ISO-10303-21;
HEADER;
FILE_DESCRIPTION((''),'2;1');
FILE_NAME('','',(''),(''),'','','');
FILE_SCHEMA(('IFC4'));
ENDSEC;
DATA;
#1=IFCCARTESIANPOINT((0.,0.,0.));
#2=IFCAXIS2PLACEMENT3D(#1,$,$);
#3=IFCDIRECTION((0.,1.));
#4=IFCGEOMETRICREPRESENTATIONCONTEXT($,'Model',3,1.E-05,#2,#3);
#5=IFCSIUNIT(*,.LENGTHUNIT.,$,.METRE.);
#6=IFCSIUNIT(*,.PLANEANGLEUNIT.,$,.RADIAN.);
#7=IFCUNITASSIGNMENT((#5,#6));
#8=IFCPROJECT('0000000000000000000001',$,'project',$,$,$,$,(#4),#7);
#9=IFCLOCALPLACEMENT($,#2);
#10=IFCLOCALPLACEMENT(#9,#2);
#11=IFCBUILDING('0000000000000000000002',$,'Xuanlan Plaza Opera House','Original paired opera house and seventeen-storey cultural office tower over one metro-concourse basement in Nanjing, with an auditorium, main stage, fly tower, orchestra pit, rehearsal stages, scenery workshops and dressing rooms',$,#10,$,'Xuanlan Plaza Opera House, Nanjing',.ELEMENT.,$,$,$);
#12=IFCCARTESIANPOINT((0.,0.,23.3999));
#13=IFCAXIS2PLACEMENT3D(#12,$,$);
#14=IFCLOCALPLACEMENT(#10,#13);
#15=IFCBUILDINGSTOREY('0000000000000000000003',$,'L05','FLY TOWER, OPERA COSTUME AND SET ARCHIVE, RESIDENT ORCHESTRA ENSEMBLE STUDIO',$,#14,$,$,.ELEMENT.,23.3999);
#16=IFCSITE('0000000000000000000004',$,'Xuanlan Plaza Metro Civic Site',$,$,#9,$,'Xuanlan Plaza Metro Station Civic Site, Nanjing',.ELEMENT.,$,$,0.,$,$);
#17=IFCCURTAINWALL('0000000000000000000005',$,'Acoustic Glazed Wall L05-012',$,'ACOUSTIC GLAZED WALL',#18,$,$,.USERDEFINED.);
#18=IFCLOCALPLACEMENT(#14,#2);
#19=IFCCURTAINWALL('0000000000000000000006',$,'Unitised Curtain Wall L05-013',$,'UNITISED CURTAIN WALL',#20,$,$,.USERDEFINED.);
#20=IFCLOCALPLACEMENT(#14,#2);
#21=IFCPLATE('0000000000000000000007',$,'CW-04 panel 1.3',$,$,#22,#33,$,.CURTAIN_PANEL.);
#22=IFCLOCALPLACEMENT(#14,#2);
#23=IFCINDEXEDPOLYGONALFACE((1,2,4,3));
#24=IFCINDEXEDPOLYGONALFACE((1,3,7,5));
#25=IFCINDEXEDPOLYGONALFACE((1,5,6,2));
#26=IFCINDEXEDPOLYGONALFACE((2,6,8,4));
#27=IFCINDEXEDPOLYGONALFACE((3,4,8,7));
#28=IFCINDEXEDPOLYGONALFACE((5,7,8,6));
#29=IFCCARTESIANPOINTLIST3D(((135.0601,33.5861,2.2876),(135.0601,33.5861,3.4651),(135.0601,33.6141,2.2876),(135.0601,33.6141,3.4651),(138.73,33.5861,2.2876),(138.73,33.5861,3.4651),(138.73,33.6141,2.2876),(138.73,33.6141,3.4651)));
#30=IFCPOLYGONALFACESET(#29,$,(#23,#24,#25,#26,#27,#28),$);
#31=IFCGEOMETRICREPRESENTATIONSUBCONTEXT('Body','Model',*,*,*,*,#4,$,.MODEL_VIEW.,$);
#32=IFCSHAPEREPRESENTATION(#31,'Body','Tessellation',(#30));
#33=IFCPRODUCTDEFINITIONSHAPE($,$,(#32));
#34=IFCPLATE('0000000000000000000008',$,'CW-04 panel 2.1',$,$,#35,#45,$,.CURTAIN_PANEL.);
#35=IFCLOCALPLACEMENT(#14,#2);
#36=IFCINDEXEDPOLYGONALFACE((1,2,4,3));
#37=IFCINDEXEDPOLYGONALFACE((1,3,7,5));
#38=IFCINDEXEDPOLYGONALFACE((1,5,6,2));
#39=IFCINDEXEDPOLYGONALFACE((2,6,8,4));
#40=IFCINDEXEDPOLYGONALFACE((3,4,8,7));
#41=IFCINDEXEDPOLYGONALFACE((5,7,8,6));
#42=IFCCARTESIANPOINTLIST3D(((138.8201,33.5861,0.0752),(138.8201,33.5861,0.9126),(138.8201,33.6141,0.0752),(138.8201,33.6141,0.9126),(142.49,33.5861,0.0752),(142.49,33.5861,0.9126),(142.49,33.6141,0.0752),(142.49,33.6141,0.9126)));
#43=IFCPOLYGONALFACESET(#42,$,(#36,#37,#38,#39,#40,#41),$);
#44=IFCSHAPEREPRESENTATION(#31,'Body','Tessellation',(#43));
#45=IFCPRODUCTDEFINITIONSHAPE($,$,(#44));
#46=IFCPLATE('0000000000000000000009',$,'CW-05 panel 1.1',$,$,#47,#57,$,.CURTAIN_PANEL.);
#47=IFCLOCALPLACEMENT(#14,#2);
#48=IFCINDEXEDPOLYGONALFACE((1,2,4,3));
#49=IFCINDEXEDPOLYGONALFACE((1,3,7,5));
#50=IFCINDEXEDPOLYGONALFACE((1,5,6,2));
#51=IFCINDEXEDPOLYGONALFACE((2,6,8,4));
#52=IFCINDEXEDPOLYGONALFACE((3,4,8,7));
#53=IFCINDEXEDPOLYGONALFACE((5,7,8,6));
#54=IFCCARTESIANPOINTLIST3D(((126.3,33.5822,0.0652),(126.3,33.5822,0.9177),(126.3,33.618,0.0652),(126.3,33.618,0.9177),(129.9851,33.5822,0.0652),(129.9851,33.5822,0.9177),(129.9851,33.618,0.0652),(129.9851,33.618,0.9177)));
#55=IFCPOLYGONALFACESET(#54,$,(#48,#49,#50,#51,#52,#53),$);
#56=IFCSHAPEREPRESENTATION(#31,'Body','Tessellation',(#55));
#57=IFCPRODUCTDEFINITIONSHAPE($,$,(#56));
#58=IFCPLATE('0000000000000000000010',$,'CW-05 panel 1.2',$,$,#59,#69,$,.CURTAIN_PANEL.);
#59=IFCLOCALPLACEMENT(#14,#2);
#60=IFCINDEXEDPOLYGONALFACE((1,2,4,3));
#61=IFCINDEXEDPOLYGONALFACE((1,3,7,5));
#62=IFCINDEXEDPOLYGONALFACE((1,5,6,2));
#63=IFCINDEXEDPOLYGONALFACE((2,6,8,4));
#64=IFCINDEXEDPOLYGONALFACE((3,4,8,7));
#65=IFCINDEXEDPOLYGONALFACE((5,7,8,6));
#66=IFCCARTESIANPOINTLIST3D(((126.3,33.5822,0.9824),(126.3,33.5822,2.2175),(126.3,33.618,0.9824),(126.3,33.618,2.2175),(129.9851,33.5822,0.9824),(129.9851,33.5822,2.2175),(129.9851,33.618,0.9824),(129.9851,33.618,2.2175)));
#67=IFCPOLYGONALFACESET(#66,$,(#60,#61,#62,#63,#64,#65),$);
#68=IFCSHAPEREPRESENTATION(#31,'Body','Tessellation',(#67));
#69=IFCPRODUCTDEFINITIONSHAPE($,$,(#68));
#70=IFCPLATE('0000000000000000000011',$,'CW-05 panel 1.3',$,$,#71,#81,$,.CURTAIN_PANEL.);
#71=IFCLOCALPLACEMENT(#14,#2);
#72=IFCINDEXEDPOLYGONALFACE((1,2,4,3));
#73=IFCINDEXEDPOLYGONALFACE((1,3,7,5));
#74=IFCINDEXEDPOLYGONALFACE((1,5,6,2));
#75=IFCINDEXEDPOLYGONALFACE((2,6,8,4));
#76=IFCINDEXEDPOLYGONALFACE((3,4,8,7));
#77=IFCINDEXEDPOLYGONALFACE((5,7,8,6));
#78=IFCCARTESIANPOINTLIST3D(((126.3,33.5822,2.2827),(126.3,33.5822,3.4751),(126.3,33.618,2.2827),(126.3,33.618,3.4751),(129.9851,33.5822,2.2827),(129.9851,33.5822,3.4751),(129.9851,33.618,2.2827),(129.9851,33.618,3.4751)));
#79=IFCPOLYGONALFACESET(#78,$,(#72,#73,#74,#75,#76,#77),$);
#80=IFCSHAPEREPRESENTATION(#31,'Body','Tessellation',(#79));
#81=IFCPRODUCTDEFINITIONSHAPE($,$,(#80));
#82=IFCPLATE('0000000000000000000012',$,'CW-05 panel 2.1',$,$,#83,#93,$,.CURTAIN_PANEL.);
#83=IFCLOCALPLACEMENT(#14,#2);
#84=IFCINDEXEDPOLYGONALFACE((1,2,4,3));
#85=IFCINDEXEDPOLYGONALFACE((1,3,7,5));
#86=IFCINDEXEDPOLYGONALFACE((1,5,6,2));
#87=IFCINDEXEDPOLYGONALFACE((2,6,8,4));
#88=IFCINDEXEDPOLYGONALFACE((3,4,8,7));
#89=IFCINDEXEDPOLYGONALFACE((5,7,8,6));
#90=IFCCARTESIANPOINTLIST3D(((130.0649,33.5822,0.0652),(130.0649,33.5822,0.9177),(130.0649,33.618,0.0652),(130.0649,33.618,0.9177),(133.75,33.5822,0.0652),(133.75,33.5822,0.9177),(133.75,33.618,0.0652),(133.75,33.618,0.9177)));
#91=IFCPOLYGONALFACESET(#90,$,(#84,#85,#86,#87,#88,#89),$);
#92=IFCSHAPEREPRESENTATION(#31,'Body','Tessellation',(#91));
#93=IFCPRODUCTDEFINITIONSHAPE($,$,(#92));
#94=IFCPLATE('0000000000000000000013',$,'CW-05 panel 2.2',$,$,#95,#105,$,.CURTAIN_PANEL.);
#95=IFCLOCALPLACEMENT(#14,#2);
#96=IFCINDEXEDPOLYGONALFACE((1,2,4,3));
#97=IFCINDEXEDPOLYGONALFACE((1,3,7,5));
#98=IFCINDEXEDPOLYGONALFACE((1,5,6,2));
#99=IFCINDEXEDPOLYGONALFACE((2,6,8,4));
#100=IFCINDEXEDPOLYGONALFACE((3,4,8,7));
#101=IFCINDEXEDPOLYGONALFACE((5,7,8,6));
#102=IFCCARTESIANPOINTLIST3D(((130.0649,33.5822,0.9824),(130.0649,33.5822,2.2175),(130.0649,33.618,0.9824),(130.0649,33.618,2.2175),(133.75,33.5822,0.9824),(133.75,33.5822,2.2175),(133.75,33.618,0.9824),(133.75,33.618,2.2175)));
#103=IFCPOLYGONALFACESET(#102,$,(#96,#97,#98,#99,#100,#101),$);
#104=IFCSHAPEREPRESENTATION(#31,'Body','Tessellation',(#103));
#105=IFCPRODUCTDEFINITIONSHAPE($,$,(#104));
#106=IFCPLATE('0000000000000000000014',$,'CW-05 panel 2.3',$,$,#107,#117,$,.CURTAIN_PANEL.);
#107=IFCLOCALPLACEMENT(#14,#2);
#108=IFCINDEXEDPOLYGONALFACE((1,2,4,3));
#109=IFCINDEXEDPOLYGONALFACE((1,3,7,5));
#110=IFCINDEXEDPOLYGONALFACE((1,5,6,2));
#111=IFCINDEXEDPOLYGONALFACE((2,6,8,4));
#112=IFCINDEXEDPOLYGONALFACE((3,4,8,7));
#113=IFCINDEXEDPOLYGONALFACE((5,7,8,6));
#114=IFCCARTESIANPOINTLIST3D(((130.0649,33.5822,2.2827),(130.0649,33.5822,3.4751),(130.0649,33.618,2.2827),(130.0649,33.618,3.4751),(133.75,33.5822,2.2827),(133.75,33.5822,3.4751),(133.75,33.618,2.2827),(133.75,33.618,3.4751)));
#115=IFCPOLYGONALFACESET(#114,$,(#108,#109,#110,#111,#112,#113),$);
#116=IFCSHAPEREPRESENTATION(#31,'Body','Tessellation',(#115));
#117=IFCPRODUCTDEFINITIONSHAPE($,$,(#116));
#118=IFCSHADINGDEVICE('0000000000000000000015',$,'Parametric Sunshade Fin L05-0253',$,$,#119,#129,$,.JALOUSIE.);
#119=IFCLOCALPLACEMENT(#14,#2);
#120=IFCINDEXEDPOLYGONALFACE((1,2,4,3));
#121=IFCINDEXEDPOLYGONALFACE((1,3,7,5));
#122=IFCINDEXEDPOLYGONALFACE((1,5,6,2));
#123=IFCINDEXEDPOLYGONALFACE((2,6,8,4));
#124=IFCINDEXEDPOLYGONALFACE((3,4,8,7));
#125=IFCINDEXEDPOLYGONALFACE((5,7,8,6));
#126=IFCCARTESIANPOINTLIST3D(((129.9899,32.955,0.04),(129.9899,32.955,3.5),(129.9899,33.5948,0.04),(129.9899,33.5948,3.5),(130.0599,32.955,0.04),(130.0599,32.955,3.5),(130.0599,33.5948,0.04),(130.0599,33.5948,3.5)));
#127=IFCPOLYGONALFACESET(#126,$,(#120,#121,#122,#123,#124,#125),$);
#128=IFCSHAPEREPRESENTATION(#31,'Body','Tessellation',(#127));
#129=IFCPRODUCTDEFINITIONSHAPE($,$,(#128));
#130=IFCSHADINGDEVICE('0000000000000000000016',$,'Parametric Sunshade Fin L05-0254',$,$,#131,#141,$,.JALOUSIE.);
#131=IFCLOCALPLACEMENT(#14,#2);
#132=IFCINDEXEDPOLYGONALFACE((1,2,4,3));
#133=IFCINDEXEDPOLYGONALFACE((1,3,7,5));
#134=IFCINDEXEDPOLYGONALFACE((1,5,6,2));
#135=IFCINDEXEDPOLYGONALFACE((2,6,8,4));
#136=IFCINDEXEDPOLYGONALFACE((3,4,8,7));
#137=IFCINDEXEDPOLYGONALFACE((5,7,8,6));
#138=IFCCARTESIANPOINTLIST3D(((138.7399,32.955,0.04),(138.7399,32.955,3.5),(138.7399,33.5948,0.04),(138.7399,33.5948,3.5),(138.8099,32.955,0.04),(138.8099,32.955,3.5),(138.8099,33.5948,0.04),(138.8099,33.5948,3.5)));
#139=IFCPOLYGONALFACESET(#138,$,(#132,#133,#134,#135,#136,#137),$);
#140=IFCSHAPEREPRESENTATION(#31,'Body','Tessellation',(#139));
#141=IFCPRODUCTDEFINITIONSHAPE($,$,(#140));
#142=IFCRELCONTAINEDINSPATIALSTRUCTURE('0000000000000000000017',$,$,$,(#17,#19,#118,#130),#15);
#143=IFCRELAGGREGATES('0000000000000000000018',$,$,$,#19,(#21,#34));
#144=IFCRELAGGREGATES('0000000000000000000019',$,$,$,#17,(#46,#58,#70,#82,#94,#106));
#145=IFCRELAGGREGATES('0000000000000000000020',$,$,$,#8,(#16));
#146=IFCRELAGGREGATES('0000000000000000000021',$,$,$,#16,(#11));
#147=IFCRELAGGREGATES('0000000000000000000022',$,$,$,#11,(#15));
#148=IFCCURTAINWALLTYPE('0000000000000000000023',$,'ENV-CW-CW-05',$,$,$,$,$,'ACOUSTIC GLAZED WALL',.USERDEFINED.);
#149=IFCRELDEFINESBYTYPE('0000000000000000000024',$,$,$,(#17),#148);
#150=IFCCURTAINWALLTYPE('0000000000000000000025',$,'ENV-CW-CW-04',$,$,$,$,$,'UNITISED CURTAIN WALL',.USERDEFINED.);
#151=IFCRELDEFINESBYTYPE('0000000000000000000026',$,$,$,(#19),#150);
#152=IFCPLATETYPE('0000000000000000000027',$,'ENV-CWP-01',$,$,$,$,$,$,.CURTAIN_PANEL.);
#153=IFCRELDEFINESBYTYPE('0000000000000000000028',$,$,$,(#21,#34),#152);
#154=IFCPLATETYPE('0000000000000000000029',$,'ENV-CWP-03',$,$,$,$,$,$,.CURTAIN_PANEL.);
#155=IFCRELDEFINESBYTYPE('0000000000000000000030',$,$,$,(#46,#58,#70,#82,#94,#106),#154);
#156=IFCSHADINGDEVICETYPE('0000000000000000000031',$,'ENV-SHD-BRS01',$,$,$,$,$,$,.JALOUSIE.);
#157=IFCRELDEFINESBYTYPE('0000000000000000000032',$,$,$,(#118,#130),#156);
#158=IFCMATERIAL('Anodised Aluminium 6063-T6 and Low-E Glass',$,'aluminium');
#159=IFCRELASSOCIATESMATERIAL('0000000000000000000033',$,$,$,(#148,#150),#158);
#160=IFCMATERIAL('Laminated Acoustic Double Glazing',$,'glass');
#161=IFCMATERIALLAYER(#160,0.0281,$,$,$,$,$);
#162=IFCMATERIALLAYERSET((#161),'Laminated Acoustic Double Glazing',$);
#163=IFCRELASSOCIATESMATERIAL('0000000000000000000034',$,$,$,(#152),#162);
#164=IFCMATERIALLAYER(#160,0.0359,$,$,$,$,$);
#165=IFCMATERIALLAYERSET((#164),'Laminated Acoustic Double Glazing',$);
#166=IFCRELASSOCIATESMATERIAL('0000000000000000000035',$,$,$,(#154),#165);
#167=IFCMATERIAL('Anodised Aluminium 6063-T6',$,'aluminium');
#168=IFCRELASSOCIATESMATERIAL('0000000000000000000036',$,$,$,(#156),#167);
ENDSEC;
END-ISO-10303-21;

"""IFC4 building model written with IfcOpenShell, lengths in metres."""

from ifc_helpers import new_model, si_unit, direction, frame, origin, origin_2d, place, context, subcontext, project, spatial, rectangle, extrude, material, layer, layer_set, type_object, element, aggregate, save


model = new_model("IFC4")

# Units and contexts
model_context = context("Model", 3, precision=1e-05, world=origin(), true_north=direction((0.0, 1.0)))
body_context = subcontext(model_context, "Body", "Model", "MODEL_VIEW")
ifc_project = project(units=[si_unit("LENGTHUNIT", "METRE"), si_unit("PLANEANGLEUNIT", "RADIAN")], contexts=[model_context])

# Site, building, storey
site_placement = place(None, origin())
site = spatial("IfcSite", under=ifc_project, at=site_placement, Name="Xuanlan Plaza Metro Civic Site", LongName="Xuanlan Plaza Metro Station Civic Site, Nanjing", CompositionType="ELEMENT", RefElevation=0.0)
building_placement = place(site_placement, origin())
building = spatial("IfcBuilding", under=site, at=building_placement, Name="Xuanlan Plaza Opera House", Description="Original paired opera house and seventeen-storey cultural office tower over one metro-concourse basement in Nanjing, with an auditorium, main stage, fly tower, orchestra pit, rehearsal stages, scenery workshops and dressing rooms", LongName="Xuanlan Plaza Opera House, Nanjing", CompositionType="ELEMENT")
storey_placement = place(building_placement, frame((0.0, 0.0, 23.3999)))
storey = spatial("IfcBuildingStorey", under=building, at=storey_placement, Name="L05", Description="FLY TOWER, OPERA COSTUME AND SET ARCHIVE, RESIDENT ORCHESTRA ENSEMBLE STUDIO", CompositionType="ELEMENT", Elevation=23.3999)

# Curtain walls
ifc_material_1 = material(Name="Anodised Aluminium 6063-T6 and Low-E Glass", Category="aluminium")
curtain_wall_type_1 = type_object("IfcCurtainWallType", Name="ENV-CW-CW-05", ElementType="ACOUSTIC GLAZED WALL", PredefinedType="USERDEFINED", material=ifc_material_1)
curtain_wall_1_placement = place(storey_placement, origin())
curtain_wall_1 = element("IfcCurtainWall", 1, at=curtain_wall_1_placement, inside=storey, type_object=curtain_wall_type_1, Name="Acoustic Glazed Wall L05-012", ObjectType="ACOUSTIC GLAZED WALL", PredefinedType="USERDEFINED")
ifc_material_2 = material(Name="Anodised Aluminium 6063-T6", Category="aluminium")
curtain_wall_type_2 = type_object("IfcCurtainWallType", Name="ENV-CW-CW-04", ElementType="UNITISED CURTAIN WALL", PredefinedType="USERDEFINED", material=ifc_material_1)
curtain_wall_2_placement = place(storey_placement, origin())
curtain_wall_2 = element("IfcCurtainWall", 2, at=curtain_wall_2_placement, inside=storey, type_object=curtain_wall_type_2, Name="Unitised Curtain Wall L05-013", ObjectType="UNITISED CURTAIN WALL", PredefinedType="USERDEFINED")

# Plates
ifc_material_3 = material(Name="Laminated Acoustic Double Glazing", Category="glass")
ifc_layer_1 = layer(ifc_material_3, 0.0281)
ifc_layer_set_1 = layer_set([ifc_layer_1], Name="Laminated Acoustic Double Glazing")
plate_type_1 = type_object("IfcPlateType", Name="ENV-CWP-01", PredefinedType="CURTAIN_PANEL", material=ifc_layer_set_1)
plate_1_placement = place(storey_placement, frame((136.895, 33.6001, 2.2876), z_axis=(0.0, 0.0, 1.0), x_axis=(1.0, 0.0, 0.0)))
plate_1 = element("IfcPlate", 3, at=plate_1_placement, type_object=plate_type_1, Name="CW-04 panel 1.3", PredefinedType="CURTAIN_PANEL", context=body_context, shape_type="SweptSolid", body=[
    extrude(rectangle(XDim=3.6699, YDim=0.0281, at=origin_2d()), origin(), (0.0, 0.0, 1.0), 1.1775),
])
plate_2_placement = place(storey_placement, frame((140.655, 33.6001, 0.0752), z_axis=(0.0, 0.0, 1.0), x_axis=(1.0, 0.0, 0.0)))
plate_2 = element("IfcPlate", 4, at=plate_2_placement, type_object=plate_type_1, Name="CW-04 panel 2.1", PredefinedType="CURTAIN_PANEL", context=body_context, shape_type="SweptSolid", body=[
    extrude(rectangle(XDim=3.6699, YDim=0.0281, at=origin_2d()), origin(), (0.0, 0.0, 1.0), 0.8374),
])
aggregate(curtain_wall_2, [plate_1, plate_2])
ifc_layer_2 = layer(ifc_material_3, 0.0359)
ifc_layer_set_2 = layer_set([ifc_layer_2], Name="Laminated Acoustic Double Glazing")
plate_type_2 = type_object("IfcPlateType", Name="ENV-CWP-03", PredefinedType="CURTAIN_PANEL", material=ifc_layer_set_2)
plate_3_placement = place(storey_placement, frame((128.1426, 33.6001, 0.0652), z_axis=(0.0, 0.0, 1.0), x_axis=(1.0, 0.0, 0.0)))
plate_3 = element("IfcPlate", 5, at=plate_3_placement, type_object=plate_type_2, Name="CW-05 panel 1.1", PredefinedType="CURTAIN_PANEL", context=body_context, shape_type="SweptSolid", body=[
    extrude(rectangle(XDim=3.6851, YDim=0.0359, at=origin_2d()), origin(), (0.0, 0.0, 1.0), 0.8525),
])
plate_4_placement = place(storey_placement, frame((128.1426, 33.6001, 0.9824), z_axis=(0.0, 0.0, 1.0), x_axis=(1.0, 0.0, 0.0)))
plate_4 = element("IfcPlate", 6, at=plate_4_placement, type_object=plate_type_2, Name="CW-05 panel 1.2", PredefinedType="CURTAIN_PANEL", context=body_context, shape_type="SweptSolid", body=[
    extrude(rectangle(XDim=3.6851, YDim=0.0359, at=origin_2d()), origin(), (0.0, 0.0, 1.0), 1.2351),
])
plate_5_placement = place(storey_placement, frame((128.1426, 33.6001, 2.2827), z_axis=(0.0, 0.0, 1.0), x_axis=(1.0, 0.0, 0.0)))
plate_5 = element("IfcPlate", 7, at=plate_5_placement, type_object=plate_type_2, Name="CW-05 panel 1.3", PredefinedType="CURTAIN_PANEL", context=body_context, shape_type="SweptSolid", body=[
    extrude(rectangle(XDim=3.6851, YDim=0.0359, at=origin_2d()), origin(), (0.0, 0.0, 1.0), 1.1924),
])
plate_6_placement = place(storey_placement, frame((131.9075, 33.6001, 0.0652), z_axis=(0.0, 0.0, 1.0), x_axis=(1.0, 0.0, 0.0)))
plate_6 = element("IfcPlate", 8, at=plate_6_placement, type_object=plate_type_2, Name="CW-05 panel 2.1", PredefinedType="CURTAIN_PANEL", context=body_context, shape_type="SweptSolid", body=[
    extrude(rectangle(XDim=3.6851, YDim=0.0359, at=origin_2d()), origin(), (0.0, 0.0, 1.0), 0.8525),
])
plate_7_placement = place(storey_placement, frame((131.9075, 33.6001, 0.9824), z_axis=(0.0, 0.0, 1.0), x_axis=(1.0, 0.0, 0.0)))
plate_7 = element("IfcPlate", 9, at=plate_7_placement, type_object=plate_type_2, Name="CW-05 panel 2.2", PredefinedType="CURTAIN_PANEL", context=body_context, shape_type="SweptSolid", body=[
    extrude(rectangle(XDim=3.6851, YDim=0.0359, at=origin_2d()), origin(), (0.0, 0.0, 1.0), 1.2351),
])
plate_8_placement = place(storey_placement, frame((131.9075, 33.6001, 2.2827), z_axis=(0.0, 0.0, 1.0), x_axis=(1.0, 0.0, 0.0)))
plate_8 = element("IfcPlate", 10, at=plate_8_placement, type_object=plate_type_2, Name="CW-05 panel 2.3", PredefinedType="CURTAIN_PANEL", context=body_context, shape_type="SweptSolid", body=[
    extrude(rectangle(XDim=3.6851, YDim=0.0359, at=origin_2d()), origin(), (0.0, 0.0, 1.0), 1.1924),
])
aggregate(curtain_wall_1, [plate_3, plate_4, plate_5, plate_6, plate_7, plate_8])

# Shading devices
shading_device_type = type_object("IfcShadingDeviceType", Name="ENV-SHD-BRS01", PredefinedType="JALOUSIE", material=ifc_material_2)
for number, where, z_axis, x_axis, name in (
    (11, (130.0249, 33.2749, 0.04), (0.0, 0.0, 1.0), (0.0, -1.0, 0.0), "Parametric Sunshade Fin L05-0253"),
    (12, (138.7749, 33.2749, 0.04), (0.0, 0.0, 1.0), (0.0, -1.0, 0.0), "Parametric Sunshade Fin L05-0254"),
):
    element("IfcShadingDevice", number, at=place(storey_placement, frame(where, z_axis=z_axis, x_axis=x_axis)), inside=storey, type_object=shading_device_type, Name=name, PredefinedType="JALOUSIE", context=body_context, shape_type="SweptSolid", body=[
        extrude(rectangle(XDim=0.6399, YDim=0.0701, at=origin_2d()), origin(), (0.0, 0.0, 1.0), 3.46),
    ])

save(model, "model.ifc")
